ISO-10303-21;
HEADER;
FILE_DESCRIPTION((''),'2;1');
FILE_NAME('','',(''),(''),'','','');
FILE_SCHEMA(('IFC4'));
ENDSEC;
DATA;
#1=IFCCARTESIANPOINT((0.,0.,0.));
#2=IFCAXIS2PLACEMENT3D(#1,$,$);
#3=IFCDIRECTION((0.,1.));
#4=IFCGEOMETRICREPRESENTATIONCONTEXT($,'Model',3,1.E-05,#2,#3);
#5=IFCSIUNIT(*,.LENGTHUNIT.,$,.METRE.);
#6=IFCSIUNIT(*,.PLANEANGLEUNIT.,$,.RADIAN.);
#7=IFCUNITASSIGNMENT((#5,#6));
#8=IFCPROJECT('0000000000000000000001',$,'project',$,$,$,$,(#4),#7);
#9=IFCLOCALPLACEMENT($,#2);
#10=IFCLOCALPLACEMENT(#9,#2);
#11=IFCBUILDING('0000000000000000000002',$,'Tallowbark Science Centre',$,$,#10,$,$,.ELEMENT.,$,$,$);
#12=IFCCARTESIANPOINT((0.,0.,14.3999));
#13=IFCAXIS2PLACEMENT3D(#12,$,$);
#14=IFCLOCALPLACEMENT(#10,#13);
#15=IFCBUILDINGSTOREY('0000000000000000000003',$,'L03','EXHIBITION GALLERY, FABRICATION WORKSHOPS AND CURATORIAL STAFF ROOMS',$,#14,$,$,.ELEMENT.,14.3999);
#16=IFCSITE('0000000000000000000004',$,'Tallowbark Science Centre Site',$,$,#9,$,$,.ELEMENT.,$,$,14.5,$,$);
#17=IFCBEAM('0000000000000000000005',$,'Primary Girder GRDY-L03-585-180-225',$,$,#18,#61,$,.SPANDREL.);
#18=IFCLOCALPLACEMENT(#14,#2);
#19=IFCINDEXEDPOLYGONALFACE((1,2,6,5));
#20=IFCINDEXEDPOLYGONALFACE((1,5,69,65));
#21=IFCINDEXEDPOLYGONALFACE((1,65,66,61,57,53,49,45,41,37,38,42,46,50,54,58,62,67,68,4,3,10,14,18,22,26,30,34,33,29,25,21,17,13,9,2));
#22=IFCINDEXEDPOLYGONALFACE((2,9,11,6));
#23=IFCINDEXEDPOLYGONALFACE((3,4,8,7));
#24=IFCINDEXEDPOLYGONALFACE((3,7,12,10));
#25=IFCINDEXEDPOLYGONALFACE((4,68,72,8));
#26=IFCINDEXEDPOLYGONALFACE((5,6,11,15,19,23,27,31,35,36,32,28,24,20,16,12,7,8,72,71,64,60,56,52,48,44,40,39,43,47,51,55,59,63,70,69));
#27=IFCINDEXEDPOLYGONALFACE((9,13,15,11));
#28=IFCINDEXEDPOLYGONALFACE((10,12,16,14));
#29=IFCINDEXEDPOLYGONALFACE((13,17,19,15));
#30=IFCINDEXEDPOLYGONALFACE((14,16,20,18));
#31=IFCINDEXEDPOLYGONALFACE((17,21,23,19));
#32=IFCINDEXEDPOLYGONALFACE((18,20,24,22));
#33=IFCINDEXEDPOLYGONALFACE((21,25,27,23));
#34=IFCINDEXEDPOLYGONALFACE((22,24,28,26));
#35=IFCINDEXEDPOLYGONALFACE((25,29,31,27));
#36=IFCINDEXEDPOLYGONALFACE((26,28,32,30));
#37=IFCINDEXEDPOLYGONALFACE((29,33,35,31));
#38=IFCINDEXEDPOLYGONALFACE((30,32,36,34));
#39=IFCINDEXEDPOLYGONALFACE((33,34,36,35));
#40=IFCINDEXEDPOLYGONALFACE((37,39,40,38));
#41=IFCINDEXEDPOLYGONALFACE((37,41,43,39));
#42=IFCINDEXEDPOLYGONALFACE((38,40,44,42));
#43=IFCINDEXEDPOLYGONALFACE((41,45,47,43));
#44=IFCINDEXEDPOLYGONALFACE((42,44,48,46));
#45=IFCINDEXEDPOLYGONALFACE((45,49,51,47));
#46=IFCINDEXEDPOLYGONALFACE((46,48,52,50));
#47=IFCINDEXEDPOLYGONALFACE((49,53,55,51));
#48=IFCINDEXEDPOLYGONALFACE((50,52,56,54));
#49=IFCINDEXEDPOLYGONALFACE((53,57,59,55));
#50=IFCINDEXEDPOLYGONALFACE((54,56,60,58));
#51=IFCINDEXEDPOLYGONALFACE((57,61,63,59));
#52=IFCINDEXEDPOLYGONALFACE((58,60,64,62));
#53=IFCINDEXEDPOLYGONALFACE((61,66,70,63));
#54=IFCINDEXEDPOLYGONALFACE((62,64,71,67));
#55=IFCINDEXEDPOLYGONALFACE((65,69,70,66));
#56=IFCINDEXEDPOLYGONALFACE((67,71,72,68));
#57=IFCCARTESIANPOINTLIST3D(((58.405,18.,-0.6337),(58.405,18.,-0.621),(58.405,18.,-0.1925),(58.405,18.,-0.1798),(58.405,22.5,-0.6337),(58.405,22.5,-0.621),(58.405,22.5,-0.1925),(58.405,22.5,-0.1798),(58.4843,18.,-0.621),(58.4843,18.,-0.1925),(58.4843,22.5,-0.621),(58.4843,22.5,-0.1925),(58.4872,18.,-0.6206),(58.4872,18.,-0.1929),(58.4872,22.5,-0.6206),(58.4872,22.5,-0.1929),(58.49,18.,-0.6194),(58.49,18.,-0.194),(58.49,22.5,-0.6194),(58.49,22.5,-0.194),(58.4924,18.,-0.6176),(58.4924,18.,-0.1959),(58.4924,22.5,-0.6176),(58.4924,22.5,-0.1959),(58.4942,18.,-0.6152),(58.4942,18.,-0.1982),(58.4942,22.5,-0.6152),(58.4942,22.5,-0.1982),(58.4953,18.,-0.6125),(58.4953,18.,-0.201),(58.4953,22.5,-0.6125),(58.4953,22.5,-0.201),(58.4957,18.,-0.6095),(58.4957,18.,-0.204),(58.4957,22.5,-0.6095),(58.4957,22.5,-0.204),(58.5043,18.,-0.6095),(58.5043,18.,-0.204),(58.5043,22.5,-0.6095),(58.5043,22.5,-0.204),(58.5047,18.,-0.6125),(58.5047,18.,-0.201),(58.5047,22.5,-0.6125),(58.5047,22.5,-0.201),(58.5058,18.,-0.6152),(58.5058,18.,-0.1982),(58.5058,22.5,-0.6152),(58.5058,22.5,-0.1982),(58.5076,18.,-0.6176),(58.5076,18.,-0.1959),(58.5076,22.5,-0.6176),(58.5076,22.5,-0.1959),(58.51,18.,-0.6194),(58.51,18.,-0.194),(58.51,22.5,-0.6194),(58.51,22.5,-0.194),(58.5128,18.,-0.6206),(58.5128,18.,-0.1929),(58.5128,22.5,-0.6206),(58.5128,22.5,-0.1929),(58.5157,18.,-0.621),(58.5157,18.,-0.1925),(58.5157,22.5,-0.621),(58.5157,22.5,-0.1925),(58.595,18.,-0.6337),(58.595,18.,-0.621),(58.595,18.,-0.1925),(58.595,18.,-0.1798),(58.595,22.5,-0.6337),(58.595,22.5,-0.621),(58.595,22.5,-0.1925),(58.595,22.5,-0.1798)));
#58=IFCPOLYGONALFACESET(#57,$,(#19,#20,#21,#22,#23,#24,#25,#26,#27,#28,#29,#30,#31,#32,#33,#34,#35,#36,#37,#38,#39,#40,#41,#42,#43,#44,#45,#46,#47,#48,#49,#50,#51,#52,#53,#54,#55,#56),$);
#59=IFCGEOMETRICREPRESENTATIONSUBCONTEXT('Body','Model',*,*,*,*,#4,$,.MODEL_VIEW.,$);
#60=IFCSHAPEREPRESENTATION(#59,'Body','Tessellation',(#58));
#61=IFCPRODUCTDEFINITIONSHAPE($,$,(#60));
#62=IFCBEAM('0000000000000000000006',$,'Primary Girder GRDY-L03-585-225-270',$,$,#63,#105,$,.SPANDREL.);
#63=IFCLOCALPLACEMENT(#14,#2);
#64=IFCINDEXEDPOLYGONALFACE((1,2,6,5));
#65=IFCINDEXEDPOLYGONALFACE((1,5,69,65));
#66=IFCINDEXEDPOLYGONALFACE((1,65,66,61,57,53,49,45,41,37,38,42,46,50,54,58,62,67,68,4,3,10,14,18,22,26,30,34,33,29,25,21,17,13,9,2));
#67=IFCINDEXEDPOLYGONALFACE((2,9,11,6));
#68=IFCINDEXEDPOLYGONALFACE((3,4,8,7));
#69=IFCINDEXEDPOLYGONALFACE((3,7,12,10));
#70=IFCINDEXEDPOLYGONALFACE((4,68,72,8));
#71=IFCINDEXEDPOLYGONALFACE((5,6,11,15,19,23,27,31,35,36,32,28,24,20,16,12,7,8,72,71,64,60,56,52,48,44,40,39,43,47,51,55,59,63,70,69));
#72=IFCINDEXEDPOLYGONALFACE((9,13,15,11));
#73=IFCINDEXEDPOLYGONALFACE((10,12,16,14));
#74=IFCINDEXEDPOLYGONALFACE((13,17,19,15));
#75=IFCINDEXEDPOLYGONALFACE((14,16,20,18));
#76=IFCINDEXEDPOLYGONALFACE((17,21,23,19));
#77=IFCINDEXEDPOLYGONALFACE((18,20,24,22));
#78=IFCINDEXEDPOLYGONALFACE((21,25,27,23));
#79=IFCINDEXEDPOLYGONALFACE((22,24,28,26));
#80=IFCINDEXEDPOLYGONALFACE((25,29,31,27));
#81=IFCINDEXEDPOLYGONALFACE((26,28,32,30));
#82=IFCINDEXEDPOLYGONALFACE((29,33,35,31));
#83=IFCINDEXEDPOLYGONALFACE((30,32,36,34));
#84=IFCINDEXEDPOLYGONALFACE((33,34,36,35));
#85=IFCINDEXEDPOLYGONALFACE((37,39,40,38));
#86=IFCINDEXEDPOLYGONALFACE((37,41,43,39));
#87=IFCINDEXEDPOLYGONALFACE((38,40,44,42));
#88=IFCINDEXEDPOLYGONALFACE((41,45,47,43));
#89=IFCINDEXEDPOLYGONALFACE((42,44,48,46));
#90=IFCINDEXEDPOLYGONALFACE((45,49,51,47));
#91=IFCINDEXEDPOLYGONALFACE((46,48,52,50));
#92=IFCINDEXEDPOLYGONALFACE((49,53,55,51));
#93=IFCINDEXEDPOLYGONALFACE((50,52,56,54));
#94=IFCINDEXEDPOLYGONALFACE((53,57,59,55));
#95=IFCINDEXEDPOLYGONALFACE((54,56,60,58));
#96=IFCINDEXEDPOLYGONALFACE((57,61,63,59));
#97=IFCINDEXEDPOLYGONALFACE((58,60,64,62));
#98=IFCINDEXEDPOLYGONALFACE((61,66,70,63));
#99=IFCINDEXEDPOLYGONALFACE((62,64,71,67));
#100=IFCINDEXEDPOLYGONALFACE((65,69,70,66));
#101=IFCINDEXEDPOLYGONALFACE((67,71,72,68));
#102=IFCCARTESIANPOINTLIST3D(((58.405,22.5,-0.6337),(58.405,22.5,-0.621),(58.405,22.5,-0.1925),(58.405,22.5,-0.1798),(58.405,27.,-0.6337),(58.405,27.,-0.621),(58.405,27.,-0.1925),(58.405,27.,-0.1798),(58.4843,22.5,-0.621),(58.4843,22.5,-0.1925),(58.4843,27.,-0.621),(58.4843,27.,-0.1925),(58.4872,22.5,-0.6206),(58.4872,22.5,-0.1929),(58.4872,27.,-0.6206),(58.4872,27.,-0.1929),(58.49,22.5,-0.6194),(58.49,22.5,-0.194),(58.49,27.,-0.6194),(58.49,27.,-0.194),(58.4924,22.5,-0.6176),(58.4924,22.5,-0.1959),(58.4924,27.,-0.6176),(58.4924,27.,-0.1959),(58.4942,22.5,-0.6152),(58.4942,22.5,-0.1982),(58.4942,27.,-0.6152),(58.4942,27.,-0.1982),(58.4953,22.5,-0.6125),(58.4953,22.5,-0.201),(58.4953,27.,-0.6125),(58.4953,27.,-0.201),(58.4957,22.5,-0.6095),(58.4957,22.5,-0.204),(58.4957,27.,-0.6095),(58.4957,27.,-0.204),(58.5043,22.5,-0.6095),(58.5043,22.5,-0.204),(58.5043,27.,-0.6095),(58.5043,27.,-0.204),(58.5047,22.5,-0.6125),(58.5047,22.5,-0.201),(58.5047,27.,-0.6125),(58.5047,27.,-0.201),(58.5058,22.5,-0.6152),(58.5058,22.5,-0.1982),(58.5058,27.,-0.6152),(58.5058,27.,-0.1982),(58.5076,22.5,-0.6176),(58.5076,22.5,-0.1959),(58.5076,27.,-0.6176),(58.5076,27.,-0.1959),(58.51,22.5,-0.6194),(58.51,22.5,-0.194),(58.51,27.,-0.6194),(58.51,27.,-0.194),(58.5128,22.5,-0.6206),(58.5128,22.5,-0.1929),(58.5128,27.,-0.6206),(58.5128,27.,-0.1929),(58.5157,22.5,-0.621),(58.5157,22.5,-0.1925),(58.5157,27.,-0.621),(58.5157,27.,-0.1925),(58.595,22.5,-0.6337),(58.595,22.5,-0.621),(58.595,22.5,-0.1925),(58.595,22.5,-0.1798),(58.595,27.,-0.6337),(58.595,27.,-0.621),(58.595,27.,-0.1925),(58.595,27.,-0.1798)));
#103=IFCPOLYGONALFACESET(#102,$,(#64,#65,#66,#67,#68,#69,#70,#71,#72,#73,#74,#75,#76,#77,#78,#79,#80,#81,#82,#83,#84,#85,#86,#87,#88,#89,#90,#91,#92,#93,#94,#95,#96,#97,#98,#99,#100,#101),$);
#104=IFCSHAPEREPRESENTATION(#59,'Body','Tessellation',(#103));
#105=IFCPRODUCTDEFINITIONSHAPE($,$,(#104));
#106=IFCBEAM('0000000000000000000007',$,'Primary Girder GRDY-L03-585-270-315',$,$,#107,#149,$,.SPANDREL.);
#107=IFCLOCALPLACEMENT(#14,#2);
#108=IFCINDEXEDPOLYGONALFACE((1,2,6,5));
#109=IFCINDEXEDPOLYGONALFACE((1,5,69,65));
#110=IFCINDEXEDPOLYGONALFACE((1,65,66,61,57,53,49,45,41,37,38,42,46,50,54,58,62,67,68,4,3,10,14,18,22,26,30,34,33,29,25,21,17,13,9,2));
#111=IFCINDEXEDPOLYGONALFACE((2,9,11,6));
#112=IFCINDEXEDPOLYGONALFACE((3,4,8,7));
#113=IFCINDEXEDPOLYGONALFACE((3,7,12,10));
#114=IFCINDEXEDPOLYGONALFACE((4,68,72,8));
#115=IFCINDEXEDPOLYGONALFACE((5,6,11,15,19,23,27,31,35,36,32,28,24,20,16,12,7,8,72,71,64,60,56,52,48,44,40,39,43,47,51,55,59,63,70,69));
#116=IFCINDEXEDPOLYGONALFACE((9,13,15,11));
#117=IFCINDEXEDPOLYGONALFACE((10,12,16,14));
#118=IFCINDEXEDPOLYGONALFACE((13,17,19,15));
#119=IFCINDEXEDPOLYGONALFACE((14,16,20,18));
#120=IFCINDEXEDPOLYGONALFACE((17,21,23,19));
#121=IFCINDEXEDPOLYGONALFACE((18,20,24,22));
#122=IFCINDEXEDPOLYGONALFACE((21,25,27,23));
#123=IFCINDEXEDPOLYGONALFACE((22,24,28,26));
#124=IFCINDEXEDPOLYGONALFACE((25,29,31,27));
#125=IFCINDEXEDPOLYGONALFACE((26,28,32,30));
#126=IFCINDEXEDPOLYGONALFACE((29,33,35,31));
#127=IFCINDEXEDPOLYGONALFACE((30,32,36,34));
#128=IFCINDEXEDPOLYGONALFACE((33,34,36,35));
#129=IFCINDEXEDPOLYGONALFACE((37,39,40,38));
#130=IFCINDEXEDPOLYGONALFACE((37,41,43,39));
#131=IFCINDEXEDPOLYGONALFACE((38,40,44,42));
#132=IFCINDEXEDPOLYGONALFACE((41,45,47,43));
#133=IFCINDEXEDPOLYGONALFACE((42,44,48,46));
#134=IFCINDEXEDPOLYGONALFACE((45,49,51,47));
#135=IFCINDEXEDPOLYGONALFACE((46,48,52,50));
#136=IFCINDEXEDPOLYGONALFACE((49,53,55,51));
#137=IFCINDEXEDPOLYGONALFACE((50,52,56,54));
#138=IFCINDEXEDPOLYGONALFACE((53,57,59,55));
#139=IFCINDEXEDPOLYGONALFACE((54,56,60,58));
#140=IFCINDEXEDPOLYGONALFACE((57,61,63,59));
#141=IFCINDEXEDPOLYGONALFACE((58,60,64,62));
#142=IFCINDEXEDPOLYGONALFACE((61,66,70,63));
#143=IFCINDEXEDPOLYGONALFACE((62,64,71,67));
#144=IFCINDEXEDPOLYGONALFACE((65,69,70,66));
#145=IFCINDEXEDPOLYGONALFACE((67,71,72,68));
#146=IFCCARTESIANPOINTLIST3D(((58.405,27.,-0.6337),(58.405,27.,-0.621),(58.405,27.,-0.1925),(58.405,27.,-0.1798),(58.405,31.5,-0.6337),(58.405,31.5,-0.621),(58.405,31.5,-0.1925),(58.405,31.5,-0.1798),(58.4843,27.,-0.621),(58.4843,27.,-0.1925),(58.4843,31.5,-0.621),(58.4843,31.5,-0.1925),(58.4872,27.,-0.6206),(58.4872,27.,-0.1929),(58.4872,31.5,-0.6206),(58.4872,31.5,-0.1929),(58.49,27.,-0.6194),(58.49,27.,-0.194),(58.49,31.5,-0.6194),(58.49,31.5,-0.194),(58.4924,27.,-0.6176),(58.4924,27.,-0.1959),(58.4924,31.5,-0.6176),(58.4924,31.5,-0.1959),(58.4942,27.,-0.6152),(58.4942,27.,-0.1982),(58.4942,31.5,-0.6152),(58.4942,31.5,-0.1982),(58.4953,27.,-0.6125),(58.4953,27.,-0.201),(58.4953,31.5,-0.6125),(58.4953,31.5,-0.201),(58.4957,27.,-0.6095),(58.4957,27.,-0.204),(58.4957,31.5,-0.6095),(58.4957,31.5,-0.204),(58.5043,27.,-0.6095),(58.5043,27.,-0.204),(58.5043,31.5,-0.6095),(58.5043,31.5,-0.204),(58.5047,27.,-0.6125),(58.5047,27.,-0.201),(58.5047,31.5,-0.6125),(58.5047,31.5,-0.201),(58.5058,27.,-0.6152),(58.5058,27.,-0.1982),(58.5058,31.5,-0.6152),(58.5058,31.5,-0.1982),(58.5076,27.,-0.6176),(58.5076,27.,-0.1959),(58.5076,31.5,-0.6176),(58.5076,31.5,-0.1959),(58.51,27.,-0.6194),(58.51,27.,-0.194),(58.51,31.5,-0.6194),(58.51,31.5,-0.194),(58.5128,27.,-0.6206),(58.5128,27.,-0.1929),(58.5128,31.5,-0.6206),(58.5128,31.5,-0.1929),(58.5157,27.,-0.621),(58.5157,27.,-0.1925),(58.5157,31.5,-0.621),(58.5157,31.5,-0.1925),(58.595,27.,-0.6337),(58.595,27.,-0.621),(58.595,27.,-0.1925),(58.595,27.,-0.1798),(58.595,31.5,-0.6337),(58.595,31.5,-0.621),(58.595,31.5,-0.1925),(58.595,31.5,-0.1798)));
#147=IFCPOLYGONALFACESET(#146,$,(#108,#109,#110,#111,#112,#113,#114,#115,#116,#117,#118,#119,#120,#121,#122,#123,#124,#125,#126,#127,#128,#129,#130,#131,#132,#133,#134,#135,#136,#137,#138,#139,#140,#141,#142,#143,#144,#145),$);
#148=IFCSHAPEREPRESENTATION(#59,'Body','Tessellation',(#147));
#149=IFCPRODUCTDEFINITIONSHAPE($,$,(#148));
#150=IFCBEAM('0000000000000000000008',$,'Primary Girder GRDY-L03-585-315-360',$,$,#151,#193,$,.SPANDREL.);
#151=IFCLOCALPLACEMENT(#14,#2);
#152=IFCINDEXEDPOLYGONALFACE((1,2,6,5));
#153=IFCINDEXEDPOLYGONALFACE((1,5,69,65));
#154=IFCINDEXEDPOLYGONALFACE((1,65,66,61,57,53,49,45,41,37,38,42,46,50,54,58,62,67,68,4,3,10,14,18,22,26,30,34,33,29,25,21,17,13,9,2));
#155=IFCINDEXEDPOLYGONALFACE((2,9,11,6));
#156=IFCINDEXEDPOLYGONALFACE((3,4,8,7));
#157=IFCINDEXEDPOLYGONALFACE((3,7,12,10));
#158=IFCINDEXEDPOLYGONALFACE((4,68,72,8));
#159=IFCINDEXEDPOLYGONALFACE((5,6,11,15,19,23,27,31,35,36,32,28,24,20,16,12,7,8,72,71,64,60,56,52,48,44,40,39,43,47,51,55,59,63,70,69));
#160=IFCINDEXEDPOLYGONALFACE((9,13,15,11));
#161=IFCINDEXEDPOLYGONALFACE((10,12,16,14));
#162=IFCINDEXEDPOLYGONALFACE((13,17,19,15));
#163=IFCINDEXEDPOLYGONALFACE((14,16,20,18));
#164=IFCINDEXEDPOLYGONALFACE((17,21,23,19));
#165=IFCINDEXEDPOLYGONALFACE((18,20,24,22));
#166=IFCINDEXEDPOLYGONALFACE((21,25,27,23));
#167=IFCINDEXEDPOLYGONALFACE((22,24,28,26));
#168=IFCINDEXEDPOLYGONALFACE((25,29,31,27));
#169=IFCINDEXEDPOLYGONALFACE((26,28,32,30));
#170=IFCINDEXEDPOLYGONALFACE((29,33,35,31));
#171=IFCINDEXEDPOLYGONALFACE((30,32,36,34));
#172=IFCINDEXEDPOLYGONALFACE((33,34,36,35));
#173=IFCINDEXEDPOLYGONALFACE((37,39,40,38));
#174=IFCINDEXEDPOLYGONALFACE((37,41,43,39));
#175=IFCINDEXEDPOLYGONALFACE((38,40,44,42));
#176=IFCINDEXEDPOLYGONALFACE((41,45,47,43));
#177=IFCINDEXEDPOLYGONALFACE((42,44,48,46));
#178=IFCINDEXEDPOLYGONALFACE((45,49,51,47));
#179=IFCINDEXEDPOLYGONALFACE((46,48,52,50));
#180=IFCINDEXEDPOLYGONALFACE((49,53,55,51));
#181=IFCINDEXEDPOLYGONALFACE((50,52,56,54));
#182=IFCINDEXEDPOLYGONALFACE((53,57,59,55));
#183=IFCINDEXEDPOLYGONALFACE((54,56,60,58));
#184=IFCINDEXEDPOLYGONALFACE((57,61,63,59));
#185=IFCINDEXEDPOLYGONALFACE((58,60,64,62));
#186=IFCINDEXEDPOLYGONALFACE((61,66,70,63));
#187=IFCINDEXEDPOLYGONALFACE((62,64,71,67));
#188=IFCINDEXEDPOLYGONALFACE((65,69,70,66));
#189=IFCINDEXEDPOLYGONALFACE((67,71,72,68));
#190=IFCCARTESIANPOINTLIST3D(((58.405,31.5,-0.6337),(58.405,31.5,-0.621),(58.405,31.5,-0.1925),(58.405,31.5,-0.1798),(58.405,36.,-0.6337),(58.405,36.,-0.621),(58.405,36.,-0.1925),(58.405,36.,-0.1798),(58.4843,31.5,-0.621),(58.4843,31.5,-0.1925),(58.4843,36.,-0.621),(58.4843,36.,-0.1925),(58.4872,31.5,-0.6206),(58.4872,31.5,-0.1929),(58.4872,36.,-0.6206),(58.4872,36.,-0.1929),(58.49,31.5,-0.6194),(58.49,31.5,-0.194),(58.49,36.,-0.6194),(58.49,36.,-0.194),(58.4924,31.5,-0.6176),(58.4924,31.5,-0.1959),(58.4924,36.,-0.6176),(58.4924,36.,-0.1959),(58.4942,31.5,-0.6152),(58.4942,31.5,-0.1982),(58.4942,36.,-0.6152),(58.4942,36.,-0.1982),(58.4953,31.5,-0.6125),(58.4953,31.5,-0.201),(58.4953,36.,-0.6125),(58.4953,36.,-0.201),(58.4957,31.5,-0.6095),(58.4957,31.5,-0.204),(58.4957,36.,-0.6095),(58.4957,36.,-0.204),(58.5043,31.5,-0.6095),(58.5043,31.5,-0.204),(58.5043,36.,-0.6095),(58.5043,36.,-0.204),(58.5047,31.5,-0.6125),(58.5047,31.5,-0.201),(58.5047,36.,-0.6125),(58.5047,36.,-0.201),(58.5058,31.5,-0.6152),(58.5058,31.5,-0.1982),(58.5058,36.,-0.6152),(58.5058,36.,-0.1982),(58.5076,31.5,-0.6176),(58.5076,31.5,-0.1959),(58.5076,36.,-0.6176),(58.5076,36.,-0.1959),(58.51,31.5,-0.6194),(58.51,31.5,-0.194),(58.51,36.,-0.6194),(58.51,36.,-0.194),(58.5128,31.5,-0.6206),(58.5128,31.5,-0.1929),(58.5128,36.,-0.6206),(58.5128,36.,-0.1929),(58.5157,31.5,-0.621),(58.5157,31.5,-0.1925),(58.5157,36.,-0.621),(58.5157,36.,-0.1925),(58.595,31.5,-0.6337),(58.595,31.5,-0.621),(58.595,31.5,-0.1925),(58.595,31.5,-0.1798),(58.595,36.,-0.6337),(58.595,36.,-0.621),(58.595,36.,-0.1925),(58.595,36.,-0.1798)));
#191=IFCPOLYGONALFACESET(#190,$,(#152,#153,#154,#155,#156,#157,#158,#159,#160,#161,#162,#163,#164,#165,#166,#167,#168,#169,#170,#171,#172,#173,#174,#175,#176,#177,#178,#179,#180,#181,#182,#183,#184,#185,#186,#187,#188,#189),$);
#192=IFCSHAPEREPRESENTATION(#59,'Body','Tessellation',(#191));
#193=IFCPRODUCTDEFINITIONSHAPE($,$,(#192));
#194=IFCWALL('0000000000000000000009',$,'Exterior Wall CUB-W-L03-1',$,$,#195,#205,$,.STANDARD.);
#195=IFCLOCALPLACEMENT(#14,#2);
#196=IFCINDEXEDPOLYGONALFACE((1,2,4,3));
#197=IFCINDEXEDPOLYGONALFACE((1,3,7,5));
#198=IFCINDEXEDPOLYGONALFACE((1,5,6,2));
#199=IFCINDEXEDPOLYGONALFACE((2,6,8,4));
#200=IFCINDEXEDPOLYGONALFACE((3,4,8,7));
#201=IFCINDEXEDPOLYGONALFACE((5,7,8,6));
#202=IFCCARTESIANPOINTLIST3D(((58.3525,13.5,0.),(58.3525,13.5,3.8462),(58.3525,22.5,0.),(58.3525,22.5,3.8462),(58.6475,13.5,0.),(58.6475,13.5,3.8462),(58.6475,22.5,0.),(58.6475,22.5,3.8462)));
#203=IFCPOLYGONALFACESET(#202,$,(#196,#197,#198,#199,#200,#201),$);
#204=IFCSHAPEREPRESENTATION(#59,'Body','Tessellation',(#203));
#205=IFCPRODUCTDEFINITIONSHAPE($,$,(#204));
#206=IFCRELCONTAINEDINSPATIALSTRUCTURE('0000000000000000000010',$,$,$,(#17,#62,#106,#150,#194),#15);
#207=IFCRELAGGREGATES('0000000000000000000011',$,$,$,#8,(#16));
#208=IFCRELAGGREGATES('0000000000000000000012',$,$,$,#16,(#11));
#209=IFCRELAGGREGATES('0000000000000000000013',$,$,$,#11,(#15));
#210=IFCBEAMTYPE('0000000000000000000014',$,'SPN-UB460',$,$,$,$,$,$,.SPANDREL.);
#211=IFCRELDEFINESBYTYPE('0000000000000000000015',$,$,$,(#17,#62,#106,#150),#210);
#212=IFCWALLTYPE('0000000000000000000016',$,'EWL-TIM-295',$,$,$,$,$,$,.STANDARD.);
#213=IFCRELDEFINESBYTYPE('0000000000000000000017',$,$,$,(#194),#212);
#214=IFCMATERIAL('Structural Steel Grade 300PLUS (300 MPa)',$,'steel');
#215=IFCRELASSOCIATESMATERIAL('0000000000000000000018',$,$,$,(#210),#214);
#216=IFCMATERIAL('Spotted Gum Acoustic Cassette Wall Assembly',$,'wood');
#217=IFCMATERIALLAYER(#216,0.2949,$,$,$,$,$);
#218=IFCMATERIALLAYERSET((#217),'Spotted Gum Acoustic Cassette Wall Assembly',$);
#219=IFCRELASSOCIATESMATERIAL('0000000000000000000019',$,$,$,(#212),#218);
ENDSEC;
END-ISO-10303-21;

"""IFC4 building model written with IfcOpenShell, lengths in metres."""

from ifc_helpers import new_model, si_unit, direction, frame, frame_2d, origin, origin_2d, place, context, subcontext, project, spatial, rectangle, i_section, extrude, material, layer, layer_set, material_profile, profile_set, type_object, element, save


model = new_model("IFC4")

# Units and contexts
model_context = context("Model", 3, precision=1e-05, world=origin(), true_north=direction((0.0, 1.0)))
body_context = subcontext(model_context, "Body", "Model", "MODEL_VIEW")
ifc_project = project(units=[si_unit("LENGTHUNIT", "METRE"), si_unit("PLANEANGLEUNIT", "RADIAN")], contexts=[model_context])

# Site, building, storey
site_placement = place(None, origin())
site = spatial("IfcSite", under=ifc_project, at=site_placement, Name="Tallowbark Science Centre Site", CompositionType="ELEMENT", RefElevation=14.5)
building_placement = place(site_placement, origin())
building = spatial("IfcBuilding", under=site, at=building_placement, Name="Tallowbark Science Centre", CompositionType="ELEMENT")
storey_placement = place(building_placement, frame((0.0, 0.0, 14.3999)))
storey = spatial("IfcBuildingStorey", under=building, at=storey_placement, Name="L03", Description="EXHIBITION GALLERY, FABRICATION WORKSHOPS AND CURATORIAL STAFF ROOMS", CompositionType="ELEMENT", Elevation=14.3999)

# Shared definitions
ifc_material_1 = material(Name="Structural Steel Grade 300PLUS (300 MPa)", Category="steel")

# Beams
ifc_material_profile_1 = material_profile(ifc_material_1, i_section(OverallWidth=0.1899, OverallDepth=0.4539, WebThickness=0.0085, FlangeThickness=0.0127, FilletRadius=0.0115, at=origin_2d()), Name="460UB67.1")
ifc_profile_set_1 = profile_set([ifc_material_profile_1], Name="Structural Steel Grade 300PLUS (300 MPa)")
beam_type_1 = type_object("IfcBeamType", Name="SPN-UB460", PredefinedType="SPANDREL", material=ifc_profile_set_1)
for number, where, z_axis, x_axis, name in (
    (1, (58.5, 18.0, -0.4067), (0.0, 1.0, 0.0), (-1.0, 0.0, 0.0), "Primary Girder GRDY-L03-585-180-225"),
    (2, (58.5, 22.5, -0.4067), (0.0, 1.0, 0.0), (-1.0, 0.0, 0.0), "Primary Girder GRDY-L03-585-225-270"),
    (3, (58.5, 27.0, -0.4067), (0.0, 1.0, 0.0), (-1.0, 0.0, 0.0), "Primary Girder GRDY-L03-585-270-315"),
    (4, (58.5, 31.5, -0.4067), (0.0, 1.0, 0.0), (-1.0, 0.0, 0.0), "Primary Girder GRDY-L03-585-315-360"),
):
    element("IfcBeam", number, at=place(storey_placement, frame(where, z_axis=z_axis, x_axis=x_axis)), inside=storey, type_object=beam_type_1, Name=name, PredefinedType="SPANDREL", context=body_context, shape_type="SweptSolid", body=[
        extrude(i_section(OverallWidth=0.1899, OverallDepth=0.4539, WebThickness=0.0085, FlangeThickness=0.0127, FilletRadius=0.0115, at=origin_2d()), origin(), (0.0, 0.0, 1.0), 4.5),
    ])

# Wall
ifc_material_2 = material(Name="Spotted Gum Acoustic Cassette Wall Assembly", Category="wood")
ifc_layer_1 = layer(ifc_material_2, 0.2949)
ifc_layer_set_1 = layer_set([ifc_layer_1], Name="Spotted Gum Acoustic Cassette Wall Assembly")
wall_type_1 = type_object("IfcWallType", Name="EWL-TIM-295", PredefinedType="STANDARD", material=ifc_layer_set_1)
for number, where, z_axis, x_axis, name in (
    (5, (58.5, 22.5, 0.0), (0.0, 0.0, 1.0), (0.0, -1.0, 0.0), "Exterior Wall CUB-W-L03-1"),
):
    element("IfcWall", number, at=place(storey_placement, frame(where, z_axis=z_axis, x_axis=x_axis)), inside=storey, type_object=wall_type_1, Name=name, PredefinedType="STANDARD", context=body_context, shape_type="SweptSolid", body=[
        extrude(rectangle(XDim=9.0, YDim=0.2949, at=frame_2d((4.5, 0.0))), origin(), (0.0, 0.0, 1.0), 3.8462),
    ])

save(model, "model.ifc")
